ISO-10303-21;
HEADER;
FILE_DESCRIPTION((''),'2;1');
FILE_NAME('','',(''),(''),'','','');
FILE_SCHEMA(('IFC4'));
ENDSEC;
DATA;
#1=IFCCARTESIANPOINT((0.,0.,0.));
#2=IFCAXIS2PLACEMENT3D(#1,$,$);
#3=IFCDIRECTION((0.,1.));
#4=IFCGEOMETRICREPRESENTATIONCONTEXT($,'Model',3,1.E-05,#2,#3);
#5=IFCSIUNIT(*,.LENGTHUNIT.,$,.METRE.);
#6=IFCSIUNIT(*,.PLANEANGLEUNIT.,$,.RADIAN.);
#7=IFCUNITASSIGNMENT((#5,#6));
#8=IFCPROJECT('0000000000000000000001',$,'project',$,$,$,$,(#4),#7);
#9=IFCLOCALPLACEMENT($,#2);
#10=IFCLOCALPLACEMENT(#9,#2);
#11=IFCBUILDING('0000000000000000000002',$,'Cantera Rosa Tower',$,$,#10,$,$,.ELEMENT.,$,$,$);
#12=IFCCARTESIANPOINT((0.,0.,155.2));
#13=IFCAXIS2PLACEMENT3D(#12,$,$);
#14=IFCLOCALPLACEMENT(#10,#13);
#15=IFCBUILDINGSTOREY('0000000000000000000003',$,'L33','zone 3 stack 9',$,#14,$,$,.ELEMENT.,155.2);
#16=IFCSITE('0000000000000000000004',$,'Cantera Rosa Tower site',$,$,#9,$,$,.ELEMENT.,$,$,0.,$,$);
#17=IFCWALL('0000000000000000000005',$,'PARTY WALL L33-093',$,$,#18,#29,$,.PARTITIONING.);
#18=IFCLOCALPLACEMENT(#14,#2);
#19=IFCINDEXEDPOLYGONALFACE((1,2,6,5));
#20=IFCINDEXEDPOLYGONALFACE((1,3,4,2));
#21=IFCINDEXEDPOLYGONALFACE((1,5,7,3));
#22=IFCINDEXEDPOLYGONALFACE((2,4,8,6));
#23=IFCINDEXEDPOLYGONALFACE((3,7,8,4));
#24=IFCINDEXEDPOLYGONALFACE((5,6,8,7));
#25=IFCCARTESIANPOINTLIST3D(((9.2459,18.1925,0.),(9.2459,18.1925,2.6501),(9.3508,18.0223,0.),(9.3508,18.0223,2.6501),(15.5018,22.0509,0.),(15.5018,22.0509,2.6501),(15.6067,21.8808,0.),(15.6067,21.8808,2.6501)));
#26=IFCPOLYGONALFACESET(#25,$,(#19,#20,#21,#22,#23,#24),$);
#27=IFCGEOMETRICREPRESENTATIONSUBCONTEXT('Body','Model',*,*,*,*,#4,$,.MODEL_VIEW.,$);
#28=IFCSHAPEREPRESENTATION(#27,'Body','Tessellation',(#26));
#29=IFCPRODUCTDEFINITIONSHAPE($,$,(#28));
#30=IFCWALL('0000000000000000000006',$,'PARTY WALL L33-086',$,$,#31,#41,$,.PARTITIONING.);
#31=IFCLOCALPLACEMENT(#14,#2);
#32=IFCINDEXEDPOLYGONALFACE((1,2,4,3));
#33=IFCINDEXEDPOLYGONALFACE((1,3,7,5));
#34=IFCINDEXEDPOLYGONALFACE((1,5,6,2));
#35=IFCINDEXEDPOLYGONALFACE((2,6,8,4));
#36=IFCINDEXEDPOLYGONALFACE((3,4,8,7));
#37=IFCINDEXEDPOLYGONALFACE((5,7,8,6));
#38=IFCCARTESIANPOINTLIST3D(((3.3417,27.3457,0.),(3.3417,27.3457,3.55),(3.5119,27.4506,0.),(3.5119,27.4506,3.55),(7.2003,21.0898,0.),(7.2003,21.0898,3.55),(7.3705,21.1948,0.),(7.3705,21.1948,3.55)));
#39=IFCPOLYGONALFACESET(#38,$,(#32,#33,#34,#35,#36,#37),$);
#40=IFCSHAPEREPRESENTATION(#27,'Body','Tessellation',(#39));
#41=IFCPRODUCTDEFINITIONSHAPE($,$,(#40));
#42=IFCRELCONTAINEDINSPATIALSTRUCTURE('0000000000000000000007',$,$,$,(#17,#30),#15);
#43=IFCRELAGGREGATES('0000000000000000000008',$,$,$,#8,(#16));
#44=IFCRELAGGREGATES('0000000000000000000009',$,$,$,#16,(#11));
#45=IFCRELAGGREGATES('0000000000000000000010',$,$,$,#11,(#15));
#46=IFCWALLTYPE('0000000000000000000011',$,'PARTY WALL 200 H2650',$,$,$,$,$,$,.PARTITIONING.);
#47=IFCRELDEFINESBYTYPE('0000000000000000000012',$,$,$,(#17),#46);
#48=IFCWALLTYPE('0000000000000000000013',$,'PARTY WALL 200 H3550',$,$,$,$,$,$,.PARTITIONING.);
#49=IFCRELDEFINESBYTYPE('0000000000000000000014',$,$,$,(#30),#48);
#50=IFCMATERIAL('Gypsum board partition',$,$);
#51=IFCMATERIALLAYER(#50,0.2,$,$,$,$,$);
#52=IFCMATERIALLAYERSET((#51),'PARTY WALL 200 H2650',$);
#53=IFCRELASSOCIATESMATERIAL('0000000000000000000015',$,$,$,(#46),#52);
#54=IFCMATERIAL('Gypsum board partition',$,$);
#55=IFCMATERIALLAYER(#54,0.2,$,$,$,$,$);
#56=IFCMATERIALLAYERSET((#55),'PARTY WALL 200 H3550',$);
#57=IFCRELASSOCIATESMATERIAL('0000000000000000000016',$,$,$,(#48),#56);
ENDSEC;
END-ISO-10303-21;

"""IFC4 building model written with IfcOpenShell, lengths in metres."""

from ifc_helpers import new_model, si_unit, direction, frame, frame_2d, origin, place, context, subcontext, project, spatial, rectangle, extrude, material, layer, layer_set, type_object, element, save


model = new_model("IFC4")

# Units and contexts
model_context = context("Model", 3, precision=1e-05, world=origin(), true_north=direction((0.0, 1.0)))
body_context = subcontext(model_context, "Body", "Model", "MODEL_VIEW")
ifc_project = project(units=[si_unit("LENGTHUNIT", "METRE"), si_unit("PLANEANGLEUNIT", "RADIAN")], contexts=[model_context])

# Site, building, storey
site_placement = place(None, origin())
site = spatial("IfcSite", under=ifc_project, at=site_placement, Name="Cantera Rosa Tower site", CompositionType="ELEMENT", RefElevation=0.0)
building_placement = place(site_placement, origin())
building = spatial("IfcBuilding", under=site, at=building_placement, Name="Cantera Rosa Tower", CompositionType="ELEMENT")
storey_placement = place(building_placement, frame((0.0, 0.0, 155.2)))
storey = spatial("IfcBuildingStorey", under=building, at=storey_placement, Name="L33", Description="zone 3 stack 9", CompositionType="ELEMENT", Elevation=155.2)

# Walls
ifc_material_1 = material(Name="Gypsum board partition")
ifc_layer_1 = layer(ifc_material_1, 0.2)
ifc_layer_set_1 = layer_set([ifc_layer_1], Name="PARTY WALL 200 H2650")
wall_type_1 = type_object("IfcWallType", Name="PARTY WALL 200 H2650", PredefinedType="PARTITIONING", material=ifc_layer_set_1)
wall_1_placement = place(storey_placement, frame((9.2983, 18.1074, 0.0), z_axis=(0.0, 0.0, 1.0), x_axis=(0.851133, 0.52495, 0.0)))
element("IfcWall", 1, at=wall_1_placement, inside=storey, type_object=wall_type_1, Name="PARTY WALL L33-093", PredefinedType="PARTITIONING", context=body_context, shape_type="SweptSolid", body=[
    extrude(rectangle(XDim=7.3501, YDim=0.2, at=frame_2d((3.675, 0.0))), origin(), (0.0, 0.0, 1.0), 2.6501),
])
ifc_material_2 = material(Name="Gypsum board partition")
ifc_layer_2 = layer(ifc_material_2, 0.2)
ifc_layer_set_2 = layer_set([ifc_layer_2], Name="PARTY WALL 200 H3550")
wall_type_2 = type_object("IfcWallType", Name="PARTY WALL 200 H3550", PredefinedType="PARTITIONING", material=ifc_layer_set_2)
wall_2_placement = place(storey_placement, frame((7.2854, 21.1423, 0.0), z_axis=(0.0, 0.0, 1.0), x_axis=(-0.524974, 0.851118, 0.0)))
element("IfcWall", 2, at=wall_2_placement, inside=storey, type_object=wall_type_2, Name="PARTY WALL L33-086", PredefinedType="PARTITIONING", context=body_context, shape_type="SweptSolid", body=[
    extrude(rectangle(XDim=7.3501, YDim=0.2, at=frame_2d((3.675, 0.0))), origin(), (0.0, 0.0, 1.0), 3.55),
])

save(model, "model.ifc")
